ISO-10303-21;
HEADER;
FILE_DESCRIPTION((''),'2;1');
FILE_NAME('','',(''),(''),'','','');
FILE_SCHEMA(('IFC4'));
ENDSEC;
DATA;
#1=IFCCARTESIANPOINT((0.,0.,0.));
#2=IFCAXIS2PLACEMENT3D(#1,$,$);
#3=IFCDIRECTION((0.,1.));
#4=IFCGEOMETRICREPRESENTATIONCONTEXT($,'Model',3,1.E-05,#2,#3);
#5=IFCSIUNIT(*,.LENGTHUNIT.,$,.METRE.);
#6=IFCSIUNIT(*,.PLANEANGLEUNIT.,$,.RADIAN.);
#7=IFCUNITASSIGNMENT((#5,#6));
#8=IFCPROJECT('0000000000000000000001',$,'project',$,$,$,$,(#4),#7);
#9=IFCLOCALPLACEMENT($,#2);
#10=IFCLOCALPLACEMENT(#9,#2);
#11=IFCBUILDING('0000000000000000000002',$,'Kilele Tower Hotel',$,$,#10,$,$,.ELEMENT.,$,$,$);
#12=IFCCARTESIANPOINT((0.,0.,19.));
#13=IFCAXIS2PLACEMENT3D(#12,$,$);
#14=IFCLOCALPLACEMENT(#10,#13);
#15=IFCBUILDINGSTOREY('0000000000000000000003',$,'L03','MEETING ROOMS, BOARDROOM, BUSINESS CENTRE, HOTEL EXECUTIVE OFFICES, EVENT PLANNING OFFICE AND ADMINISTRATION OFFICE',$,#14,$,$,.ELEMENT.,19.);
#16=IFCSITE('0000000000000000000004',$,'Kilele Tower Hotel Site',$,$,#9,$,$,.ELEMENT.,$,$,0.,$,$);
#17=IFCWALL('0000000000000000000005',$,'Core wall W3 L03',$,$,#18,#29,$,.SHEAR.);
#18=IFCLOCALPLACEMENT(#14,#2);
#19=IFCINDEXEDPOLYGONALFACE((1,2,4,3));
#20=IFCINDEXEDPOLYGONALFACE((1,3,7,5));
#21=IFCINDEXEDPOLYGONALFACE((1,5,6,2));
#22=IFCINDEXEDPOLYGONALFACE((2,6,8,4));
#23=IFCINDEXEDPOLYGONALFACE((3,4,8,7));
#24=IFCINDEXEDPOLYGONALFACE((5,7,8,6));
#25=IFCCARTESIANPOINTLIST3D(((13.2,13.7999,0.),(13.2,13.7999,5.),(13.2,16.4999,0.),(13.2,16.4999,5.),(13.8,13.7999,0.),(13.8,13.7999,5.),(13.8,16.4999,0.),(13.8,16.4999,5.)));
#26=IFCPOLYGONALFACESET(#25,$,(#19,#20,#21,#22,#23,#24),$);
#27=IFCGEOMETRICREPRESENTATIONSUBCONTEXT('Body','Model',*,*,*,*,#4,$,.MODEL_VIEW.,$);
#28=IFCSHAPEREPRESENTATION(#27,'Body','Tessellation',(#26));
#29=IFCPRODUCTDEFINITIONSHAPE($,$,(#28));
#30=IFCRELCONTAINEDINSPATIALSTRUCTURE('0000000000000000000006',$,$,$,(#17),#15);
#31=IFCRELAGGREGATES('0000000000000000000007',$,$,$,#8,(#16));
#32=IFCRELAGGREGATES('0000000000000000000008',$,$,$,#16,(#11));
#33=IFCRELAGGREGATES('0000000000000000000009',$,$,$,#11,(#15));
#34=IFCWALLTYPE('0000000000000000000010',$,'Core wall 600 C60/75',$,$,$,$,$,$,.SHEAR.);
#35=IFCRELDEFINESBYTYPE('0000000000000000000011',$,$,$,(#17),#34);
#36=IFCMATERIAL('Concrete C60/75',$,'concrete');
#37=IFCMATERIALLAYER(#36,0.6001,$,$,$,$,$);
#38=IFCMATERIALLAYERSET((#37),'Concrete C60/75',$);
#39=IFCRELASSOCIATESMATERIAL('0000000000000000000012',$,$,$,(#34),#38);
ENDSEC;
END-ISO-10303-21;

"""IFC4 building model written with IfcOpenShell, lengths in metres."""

from ifc_helpers import new_model, si_unit, direction, frame, frame_2d, origin, place, context, subcontext, project, spatial, rectangle, extrude, material, layer, layer_set, type_object, element, save


model = new_model("IFC4")

# Units and contexts
model_context = context("Model", 3, precision=1e-05, world=origin(), true_north=direction((0.0, 1.0)))
body_context = subcontext(model_context, "Body", "Model", "MODEL_VIEW")
ifc_project = project(units=[si_unit("LENGTHUNIT", "METRE"), si_unit("PLANEANGLEUNIT", "RADIAN")], contexts=[model_context])

# Site, building, storey
site_placement = place(None, origin())
site = spatial("IfcSite", under=ifc_project, at=site_placement, Name="Kilele Tower Hotel Site", CompositionType="ELEMENT", RefElevation=0.0)
building_placement = place(site_placement, origin())
building = spatial("IfcBuilding", under=site, at=building_placement, Name="Kilele Tower Hotel", CompositionType="ELEMENT")
storey_placement = place(building_placement, frame((0.0, 0.0, 19.0)))
storey = spatial("IfcBuildingStorey", under=building, at=storey_placement, Name="L03", Description="MEETING ROOMS, BOARDROOM, BUSINESS CENTRE, HOTEL EXECUTIVE OFFICES, EVENT PLANNING OFFICE AND ADMINISTRATION OFFICE", CompositionType="ELEMENT", Elevation=19.0)

# Shared definitions
ifc_material_1 = material(Name="Concrete C60/75", Category="concrete")
ifc_layer = layer(ifc_material_1, 0.6001)
ifc_layer_set = layer_set([ifc_layer], Name="Concrete C60/75")
wall_type = type_object("IfcWallType", Name="Core wall 600 C60/75", PredefinedType="SHEAR", material=ifc_layer_set)

# Wall
wall_1_placement = place(storey_placement, frame((13.5, 16.5, 0.0), z_axis=(0.0, 0.0, 1.0), x_axis=(0.0, -1.0, 0.0)))
element("IfcWall", 1, at=wall_1_placement, inside=storey, type_object=wall_type, Name="Core wall W3 L03", PredefinedType="SHEAR", context=body_context, shape_type="SweptSolid", body=[
    extrude(rectangle(XDim=2.7, YDim=0.6001, at=frame_2d((1.3501, 0.0))), origin(), (0.0, 0.0, 1.0), 5.0),
])

save(model, "model.ifc")
